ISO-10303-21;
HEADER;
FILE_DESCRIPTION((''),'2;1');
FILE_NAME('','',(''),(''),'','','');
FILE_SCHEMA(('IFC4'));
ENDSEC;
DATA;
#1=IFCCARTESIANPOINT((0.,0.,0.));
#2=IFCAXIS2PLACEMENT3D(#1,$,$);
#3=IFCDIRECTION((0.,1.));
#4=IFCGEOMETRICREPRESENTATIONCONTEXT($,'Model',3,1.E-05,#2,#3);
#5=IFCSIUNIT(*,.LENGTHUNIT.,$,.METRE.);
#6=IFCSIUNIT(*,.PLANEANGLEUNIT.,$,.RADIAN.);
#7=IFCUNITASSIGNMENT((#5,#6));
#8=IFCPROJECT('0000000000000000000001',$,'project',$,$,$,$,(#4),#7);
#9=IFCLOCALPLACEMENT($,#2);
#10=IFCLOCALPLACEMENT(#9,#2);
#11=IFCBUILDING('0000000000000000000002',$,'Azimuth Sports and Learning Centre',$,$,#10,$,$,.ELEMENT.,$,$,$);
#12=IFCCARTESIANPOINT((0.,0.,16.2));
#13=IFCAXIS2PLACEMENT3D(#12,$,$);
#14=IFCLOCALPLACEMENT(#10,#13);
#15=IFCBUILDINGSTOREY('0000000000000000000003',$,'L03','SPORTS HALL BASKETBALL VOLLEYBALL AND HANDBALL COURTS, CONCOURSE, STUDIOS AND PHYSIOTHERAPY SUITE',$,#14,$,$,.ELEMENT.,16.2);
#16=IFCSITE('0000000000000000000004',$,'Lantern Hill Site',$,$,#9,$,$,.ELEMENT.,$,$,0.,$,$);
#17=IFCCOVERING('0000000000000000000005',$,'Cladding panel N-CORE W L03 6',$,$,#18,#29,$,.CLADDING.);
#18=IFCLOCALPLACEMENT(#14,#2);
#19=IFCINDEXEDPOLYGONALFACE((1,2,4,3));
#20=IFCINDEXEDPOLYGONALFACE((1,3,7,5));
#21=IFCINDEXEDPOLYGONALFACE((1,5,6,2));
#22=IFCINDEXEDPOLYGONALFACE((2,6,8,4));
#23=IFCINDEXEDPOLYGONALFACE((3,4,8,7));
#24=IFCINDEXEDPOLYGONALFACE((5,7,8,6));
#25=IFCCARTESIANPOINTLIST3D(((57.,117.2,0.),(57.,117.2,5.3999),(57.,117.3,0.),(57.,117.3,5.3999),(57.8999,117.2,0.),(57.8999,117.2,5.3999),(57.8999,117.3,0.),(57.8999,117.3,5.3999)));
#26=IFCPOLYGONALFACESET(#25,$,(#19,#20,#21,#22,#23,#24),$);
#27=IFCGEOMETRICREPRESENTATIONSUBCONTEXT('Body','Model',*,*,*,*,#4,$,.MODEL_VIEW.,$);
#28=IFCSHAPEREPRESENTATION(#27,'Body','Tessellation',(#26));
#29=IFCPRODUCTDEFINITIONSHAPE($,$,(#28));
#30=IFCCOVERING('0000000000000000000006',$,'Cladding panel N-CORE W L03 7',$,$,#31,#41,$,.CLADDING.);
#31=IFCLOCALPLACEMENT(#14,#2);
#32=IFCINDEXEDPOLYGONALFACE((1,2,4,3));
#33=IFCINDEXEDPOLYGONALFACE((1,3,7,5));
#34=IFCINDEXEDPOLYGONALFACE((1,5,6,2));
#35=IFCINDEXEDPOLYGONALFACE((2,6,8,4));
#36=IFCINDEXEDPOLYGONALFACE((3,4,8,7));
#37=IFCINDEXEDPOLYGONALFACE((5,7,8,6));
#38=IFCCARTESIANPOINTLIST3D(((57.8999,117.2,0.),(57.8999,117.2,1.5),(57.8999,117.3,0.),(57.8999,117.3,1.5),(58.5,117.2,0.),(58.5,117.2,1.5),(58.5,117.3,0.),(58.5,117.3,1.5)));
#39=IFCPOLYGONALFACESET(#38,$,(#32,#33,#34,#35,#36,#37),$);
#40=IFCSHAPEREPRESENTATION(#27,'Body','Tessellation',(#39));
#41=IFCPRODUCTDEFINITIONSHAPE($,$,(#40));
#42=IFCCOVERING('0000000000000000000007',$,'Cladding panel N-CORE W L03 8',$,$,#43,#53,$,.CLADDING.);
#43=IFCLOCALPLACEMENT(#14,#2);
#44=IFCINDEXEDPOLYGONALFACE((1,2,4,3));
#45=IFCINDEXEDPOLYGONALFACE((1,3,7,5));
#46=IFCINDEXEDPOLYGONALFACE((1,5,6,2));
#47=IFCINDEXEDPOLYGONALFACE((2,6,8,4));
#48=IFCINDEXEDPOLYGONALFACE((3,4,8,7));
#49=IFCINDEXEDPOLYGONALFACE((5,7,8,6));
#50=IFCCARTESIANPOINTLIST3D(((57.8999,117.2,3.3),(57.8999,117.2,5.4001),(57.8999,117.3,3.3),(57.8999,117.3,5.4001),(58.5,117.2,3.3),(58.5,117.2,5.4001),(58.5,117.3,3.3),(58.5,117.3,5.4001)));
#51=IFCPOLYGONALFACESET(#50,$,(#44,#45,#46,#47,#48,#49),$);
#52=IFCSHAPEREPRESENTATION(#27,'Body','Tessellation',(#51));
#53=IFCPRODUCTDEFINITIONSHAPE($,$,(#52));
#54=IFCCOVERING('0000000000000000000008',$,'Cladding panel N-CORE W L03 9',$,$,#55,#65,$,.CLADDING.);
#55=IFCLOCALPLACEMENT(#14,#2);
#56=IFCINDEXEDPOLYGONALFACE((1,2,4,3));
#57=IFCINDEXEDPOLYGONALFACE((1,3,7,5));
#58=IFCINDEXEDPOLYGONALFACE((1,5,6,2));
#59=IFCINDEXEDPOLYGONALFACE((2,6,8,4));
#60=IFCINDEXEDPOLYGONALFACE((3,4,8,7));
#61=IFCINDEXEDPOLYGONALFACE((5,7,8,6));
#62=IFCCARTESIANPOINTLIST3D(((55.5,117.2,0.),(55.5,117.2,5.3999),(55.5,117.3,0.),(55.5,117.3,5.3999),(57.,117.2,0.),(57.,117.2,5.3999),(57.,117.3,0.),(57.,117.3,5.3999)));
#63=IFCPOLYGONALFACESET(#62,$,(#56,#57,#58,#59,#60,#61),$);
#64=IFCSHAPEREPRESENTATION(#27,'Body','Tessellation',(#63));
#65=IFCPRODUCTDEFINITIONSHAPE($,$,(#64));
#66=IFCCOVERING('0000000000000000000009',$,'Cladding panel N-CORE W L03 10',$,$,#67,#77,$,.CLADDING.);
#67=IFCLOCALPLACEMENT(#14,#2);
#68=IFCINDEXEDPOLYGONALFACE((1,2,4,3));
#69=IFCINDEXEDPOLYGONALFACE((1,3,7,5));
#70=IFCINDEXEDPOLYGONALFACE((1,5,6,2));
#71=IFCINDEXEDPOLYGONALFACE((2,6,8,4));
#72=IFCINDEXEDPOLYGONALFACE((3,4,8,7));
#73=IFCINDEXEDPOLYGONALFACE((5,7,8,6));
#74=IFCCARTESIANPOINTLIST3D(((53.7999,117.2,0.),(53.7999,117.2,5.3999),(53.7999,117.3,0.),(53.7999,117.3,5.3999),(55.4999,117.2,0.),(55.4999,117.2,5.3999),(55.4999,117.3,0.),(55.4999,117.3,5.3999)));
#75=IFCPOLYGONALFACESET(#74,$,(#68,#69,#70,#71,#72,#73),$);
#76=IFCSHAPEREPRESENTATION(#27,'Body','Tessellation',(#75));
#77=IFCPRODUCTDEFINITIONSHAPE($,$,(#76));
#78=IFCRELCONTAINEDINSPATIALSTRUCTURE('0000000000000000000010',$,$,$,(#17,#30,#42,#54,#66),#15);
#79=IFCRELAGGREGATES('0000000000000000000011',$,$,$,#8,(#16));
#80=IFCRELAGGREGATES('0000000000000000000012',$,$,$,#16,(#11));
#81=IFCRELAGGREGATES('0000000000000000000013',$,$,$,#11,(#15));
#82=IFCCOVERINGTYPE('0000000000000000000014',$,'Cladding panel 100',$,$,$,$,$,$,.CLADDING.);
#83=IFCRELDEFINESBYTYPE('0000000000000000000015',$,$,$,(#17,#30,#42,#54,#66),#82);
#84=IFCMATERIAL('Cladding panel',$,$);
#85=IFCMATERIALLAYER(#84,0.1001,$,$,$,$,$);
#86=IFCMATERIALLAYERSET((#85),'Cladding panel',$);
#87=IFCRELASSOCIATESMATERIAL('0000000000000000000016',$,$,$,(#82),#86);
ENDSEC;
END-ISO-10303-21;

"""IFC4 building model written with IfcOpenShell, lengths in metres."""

from ifc_helpers import new_model, si_unit, direction, frame, origin, origin_2d, place, context, subcontext, project, spatial, rectangle, extrude, material, layer, layer_set, type_object, element, save


model = new_model("IFC4")

# Units and contexts
model_context = context("Model", 3, precision=1e-05, world=origin(), true_north=direction((0.0, 1.0)))
body_context = subcontext(model_context, "Body", "Model", "MODEL_VIEW")
ifc_project = project(units=[si_unit("LENGTHUNIT", "METRE"), si_unit("PLANEANGLEUNIT", "RADIAN")], contexts=[model_context])

# Site, building, storey
site_placement = place(None, origin())
site = spatial("IfcSite", under=ifc_project, at=site_placement, Name="Lantern Hill Site", CompositionType="ELEMENT", RefElevation=0.0)
building_placement = place(site_placement, origin())
building = spatial("IfcBuilding", under=site, at=building_placement, Name="Azimuth Sports and Learning Centre", CompositionType="ELEMENT")
storey_placement = place(building_placement, frame((0.0, 0.0, 16.2)))
storey = spatial("IfcBuildingStorey", under=building, at=storey_placement, Name="L03", Description="SPORTS HALL BASKETBALL VOLLEYBALL AND HANDBALL COURTS, CONCOURSE, STUDIOS AND PHYSIOTHERAPY SUITE", CompositionType="ELEMENT", Elevation=16.2)

# Coverings
ifc_material_1 = material(Name="Cladding panel")
ifc_layer_1 = layer(ifc_material_1, 0.1001)
ifc_layer_set_1 = layer_set([ifc_layer_1], Name="Cladding panel")
covering_type = type_object("IfcCoveringType", Name="Cladding panel 100", PredefinedType="CLADDING", material=ifc_layer_set_1)
covering_1_placement = place(storey_placement, frame((57.45, 117.25, 0.0), z_axis=(0.0, 0.0, 1.0), x_axis=(-1.0, 0.0, 0.0)))
element("IfcCovering", 1, at=covering_1_placement, inside=storey, type_object=covering_type, Name="Cladding panel N-CORE W L03 6", PredefinedType="CLADDING", context=body_context, shape_type="SweptSolid", body=[
    extrude(rectangle(XDim=0.8999, YDim=0.1001, at=origin_2d()), origin(), (0.0, 0.0, 1.0), 5.3999),
])
covering_2_placement = place(storey_placement, frame((58.2, 117.25, 0.0), z_axis=(0.0, 0.0, 1.0), x_axis=(-1.0, 0.0, 0.0)))
element("IfcCovering", 2, at=covering_2_placement, inside=storey, type_object=covering_type, Name="Cladding panel N-CORE W L03 7", PredefinedType="CLADDING", context=body_context, shape_type="SweptSolid", body=[
    extrude(rectangle(XDim=0.6001, YDim=0.1001, at=origin_2d()), origin(), (0.0, 0.0, 1.0), 1.5),
])
covering_3_placement = place(storey_placement, frame((58.2, 117.25, 3.3), z_axis=(0.0, 0.0, 1.0), x_axis=(-1.0, 0.0, 0.0)))
element("IfcCovering", 3, at=covering_3_placement, inside=storey, type_object=covering_type, Name="Cladding panel N-CORE W L03 8", PredefinedType="CLADDING", context=body_context, shape_type="SweptSolid", body=[
    extrude(rectangle(XDim=0.6001, YDim=0.1001, at=origin_2d()), origin(), (0.0, 0.0, 1.0), 2.1001),
])
covering_4_placement = place(storey_placement, frame((56.25, 117.25, 0.0), z_axis=(0.0, 0.0, 1.0), x_axis=(-1.0, 0.0, 0.0)))
element("IfcCovering", 4, at=covering_4_placement, inside=storey, type_object=covering_type, Name="Cladding panel N-CORE W L03 9", PredefinedType="CLADDING", context=body_context, shape_type="SweptSolid", body=[
    extrude(rectangle(XDim=1.5, YDim=0.1001, at=origin_2d()), origin(), (0.0, 0.0, 1.0), 5.3999),
])
covering_5_placement = place(storey_placement, frame((54.6499, 117.25, 0.0), z_axis=(0.0, 0.0, 1.0), x_axis=(-1.0, 0.0, 0.0)))
element("IfcCovering", 5, at=covering_5_placement, inside=storey, type_object=covering_type, Name="Cladding panel N-CORE W L03 10", PredefinedType="CLADDING", context=body_context, shape_type="SweptSolid", body=[
    extrude(rectangle(XDim=1.7, YDim=0.1001, at=origin_2d()), origin(), (0.0, 0.0, 1.0), 5.3999),
])

save(model, "model.ifc")
